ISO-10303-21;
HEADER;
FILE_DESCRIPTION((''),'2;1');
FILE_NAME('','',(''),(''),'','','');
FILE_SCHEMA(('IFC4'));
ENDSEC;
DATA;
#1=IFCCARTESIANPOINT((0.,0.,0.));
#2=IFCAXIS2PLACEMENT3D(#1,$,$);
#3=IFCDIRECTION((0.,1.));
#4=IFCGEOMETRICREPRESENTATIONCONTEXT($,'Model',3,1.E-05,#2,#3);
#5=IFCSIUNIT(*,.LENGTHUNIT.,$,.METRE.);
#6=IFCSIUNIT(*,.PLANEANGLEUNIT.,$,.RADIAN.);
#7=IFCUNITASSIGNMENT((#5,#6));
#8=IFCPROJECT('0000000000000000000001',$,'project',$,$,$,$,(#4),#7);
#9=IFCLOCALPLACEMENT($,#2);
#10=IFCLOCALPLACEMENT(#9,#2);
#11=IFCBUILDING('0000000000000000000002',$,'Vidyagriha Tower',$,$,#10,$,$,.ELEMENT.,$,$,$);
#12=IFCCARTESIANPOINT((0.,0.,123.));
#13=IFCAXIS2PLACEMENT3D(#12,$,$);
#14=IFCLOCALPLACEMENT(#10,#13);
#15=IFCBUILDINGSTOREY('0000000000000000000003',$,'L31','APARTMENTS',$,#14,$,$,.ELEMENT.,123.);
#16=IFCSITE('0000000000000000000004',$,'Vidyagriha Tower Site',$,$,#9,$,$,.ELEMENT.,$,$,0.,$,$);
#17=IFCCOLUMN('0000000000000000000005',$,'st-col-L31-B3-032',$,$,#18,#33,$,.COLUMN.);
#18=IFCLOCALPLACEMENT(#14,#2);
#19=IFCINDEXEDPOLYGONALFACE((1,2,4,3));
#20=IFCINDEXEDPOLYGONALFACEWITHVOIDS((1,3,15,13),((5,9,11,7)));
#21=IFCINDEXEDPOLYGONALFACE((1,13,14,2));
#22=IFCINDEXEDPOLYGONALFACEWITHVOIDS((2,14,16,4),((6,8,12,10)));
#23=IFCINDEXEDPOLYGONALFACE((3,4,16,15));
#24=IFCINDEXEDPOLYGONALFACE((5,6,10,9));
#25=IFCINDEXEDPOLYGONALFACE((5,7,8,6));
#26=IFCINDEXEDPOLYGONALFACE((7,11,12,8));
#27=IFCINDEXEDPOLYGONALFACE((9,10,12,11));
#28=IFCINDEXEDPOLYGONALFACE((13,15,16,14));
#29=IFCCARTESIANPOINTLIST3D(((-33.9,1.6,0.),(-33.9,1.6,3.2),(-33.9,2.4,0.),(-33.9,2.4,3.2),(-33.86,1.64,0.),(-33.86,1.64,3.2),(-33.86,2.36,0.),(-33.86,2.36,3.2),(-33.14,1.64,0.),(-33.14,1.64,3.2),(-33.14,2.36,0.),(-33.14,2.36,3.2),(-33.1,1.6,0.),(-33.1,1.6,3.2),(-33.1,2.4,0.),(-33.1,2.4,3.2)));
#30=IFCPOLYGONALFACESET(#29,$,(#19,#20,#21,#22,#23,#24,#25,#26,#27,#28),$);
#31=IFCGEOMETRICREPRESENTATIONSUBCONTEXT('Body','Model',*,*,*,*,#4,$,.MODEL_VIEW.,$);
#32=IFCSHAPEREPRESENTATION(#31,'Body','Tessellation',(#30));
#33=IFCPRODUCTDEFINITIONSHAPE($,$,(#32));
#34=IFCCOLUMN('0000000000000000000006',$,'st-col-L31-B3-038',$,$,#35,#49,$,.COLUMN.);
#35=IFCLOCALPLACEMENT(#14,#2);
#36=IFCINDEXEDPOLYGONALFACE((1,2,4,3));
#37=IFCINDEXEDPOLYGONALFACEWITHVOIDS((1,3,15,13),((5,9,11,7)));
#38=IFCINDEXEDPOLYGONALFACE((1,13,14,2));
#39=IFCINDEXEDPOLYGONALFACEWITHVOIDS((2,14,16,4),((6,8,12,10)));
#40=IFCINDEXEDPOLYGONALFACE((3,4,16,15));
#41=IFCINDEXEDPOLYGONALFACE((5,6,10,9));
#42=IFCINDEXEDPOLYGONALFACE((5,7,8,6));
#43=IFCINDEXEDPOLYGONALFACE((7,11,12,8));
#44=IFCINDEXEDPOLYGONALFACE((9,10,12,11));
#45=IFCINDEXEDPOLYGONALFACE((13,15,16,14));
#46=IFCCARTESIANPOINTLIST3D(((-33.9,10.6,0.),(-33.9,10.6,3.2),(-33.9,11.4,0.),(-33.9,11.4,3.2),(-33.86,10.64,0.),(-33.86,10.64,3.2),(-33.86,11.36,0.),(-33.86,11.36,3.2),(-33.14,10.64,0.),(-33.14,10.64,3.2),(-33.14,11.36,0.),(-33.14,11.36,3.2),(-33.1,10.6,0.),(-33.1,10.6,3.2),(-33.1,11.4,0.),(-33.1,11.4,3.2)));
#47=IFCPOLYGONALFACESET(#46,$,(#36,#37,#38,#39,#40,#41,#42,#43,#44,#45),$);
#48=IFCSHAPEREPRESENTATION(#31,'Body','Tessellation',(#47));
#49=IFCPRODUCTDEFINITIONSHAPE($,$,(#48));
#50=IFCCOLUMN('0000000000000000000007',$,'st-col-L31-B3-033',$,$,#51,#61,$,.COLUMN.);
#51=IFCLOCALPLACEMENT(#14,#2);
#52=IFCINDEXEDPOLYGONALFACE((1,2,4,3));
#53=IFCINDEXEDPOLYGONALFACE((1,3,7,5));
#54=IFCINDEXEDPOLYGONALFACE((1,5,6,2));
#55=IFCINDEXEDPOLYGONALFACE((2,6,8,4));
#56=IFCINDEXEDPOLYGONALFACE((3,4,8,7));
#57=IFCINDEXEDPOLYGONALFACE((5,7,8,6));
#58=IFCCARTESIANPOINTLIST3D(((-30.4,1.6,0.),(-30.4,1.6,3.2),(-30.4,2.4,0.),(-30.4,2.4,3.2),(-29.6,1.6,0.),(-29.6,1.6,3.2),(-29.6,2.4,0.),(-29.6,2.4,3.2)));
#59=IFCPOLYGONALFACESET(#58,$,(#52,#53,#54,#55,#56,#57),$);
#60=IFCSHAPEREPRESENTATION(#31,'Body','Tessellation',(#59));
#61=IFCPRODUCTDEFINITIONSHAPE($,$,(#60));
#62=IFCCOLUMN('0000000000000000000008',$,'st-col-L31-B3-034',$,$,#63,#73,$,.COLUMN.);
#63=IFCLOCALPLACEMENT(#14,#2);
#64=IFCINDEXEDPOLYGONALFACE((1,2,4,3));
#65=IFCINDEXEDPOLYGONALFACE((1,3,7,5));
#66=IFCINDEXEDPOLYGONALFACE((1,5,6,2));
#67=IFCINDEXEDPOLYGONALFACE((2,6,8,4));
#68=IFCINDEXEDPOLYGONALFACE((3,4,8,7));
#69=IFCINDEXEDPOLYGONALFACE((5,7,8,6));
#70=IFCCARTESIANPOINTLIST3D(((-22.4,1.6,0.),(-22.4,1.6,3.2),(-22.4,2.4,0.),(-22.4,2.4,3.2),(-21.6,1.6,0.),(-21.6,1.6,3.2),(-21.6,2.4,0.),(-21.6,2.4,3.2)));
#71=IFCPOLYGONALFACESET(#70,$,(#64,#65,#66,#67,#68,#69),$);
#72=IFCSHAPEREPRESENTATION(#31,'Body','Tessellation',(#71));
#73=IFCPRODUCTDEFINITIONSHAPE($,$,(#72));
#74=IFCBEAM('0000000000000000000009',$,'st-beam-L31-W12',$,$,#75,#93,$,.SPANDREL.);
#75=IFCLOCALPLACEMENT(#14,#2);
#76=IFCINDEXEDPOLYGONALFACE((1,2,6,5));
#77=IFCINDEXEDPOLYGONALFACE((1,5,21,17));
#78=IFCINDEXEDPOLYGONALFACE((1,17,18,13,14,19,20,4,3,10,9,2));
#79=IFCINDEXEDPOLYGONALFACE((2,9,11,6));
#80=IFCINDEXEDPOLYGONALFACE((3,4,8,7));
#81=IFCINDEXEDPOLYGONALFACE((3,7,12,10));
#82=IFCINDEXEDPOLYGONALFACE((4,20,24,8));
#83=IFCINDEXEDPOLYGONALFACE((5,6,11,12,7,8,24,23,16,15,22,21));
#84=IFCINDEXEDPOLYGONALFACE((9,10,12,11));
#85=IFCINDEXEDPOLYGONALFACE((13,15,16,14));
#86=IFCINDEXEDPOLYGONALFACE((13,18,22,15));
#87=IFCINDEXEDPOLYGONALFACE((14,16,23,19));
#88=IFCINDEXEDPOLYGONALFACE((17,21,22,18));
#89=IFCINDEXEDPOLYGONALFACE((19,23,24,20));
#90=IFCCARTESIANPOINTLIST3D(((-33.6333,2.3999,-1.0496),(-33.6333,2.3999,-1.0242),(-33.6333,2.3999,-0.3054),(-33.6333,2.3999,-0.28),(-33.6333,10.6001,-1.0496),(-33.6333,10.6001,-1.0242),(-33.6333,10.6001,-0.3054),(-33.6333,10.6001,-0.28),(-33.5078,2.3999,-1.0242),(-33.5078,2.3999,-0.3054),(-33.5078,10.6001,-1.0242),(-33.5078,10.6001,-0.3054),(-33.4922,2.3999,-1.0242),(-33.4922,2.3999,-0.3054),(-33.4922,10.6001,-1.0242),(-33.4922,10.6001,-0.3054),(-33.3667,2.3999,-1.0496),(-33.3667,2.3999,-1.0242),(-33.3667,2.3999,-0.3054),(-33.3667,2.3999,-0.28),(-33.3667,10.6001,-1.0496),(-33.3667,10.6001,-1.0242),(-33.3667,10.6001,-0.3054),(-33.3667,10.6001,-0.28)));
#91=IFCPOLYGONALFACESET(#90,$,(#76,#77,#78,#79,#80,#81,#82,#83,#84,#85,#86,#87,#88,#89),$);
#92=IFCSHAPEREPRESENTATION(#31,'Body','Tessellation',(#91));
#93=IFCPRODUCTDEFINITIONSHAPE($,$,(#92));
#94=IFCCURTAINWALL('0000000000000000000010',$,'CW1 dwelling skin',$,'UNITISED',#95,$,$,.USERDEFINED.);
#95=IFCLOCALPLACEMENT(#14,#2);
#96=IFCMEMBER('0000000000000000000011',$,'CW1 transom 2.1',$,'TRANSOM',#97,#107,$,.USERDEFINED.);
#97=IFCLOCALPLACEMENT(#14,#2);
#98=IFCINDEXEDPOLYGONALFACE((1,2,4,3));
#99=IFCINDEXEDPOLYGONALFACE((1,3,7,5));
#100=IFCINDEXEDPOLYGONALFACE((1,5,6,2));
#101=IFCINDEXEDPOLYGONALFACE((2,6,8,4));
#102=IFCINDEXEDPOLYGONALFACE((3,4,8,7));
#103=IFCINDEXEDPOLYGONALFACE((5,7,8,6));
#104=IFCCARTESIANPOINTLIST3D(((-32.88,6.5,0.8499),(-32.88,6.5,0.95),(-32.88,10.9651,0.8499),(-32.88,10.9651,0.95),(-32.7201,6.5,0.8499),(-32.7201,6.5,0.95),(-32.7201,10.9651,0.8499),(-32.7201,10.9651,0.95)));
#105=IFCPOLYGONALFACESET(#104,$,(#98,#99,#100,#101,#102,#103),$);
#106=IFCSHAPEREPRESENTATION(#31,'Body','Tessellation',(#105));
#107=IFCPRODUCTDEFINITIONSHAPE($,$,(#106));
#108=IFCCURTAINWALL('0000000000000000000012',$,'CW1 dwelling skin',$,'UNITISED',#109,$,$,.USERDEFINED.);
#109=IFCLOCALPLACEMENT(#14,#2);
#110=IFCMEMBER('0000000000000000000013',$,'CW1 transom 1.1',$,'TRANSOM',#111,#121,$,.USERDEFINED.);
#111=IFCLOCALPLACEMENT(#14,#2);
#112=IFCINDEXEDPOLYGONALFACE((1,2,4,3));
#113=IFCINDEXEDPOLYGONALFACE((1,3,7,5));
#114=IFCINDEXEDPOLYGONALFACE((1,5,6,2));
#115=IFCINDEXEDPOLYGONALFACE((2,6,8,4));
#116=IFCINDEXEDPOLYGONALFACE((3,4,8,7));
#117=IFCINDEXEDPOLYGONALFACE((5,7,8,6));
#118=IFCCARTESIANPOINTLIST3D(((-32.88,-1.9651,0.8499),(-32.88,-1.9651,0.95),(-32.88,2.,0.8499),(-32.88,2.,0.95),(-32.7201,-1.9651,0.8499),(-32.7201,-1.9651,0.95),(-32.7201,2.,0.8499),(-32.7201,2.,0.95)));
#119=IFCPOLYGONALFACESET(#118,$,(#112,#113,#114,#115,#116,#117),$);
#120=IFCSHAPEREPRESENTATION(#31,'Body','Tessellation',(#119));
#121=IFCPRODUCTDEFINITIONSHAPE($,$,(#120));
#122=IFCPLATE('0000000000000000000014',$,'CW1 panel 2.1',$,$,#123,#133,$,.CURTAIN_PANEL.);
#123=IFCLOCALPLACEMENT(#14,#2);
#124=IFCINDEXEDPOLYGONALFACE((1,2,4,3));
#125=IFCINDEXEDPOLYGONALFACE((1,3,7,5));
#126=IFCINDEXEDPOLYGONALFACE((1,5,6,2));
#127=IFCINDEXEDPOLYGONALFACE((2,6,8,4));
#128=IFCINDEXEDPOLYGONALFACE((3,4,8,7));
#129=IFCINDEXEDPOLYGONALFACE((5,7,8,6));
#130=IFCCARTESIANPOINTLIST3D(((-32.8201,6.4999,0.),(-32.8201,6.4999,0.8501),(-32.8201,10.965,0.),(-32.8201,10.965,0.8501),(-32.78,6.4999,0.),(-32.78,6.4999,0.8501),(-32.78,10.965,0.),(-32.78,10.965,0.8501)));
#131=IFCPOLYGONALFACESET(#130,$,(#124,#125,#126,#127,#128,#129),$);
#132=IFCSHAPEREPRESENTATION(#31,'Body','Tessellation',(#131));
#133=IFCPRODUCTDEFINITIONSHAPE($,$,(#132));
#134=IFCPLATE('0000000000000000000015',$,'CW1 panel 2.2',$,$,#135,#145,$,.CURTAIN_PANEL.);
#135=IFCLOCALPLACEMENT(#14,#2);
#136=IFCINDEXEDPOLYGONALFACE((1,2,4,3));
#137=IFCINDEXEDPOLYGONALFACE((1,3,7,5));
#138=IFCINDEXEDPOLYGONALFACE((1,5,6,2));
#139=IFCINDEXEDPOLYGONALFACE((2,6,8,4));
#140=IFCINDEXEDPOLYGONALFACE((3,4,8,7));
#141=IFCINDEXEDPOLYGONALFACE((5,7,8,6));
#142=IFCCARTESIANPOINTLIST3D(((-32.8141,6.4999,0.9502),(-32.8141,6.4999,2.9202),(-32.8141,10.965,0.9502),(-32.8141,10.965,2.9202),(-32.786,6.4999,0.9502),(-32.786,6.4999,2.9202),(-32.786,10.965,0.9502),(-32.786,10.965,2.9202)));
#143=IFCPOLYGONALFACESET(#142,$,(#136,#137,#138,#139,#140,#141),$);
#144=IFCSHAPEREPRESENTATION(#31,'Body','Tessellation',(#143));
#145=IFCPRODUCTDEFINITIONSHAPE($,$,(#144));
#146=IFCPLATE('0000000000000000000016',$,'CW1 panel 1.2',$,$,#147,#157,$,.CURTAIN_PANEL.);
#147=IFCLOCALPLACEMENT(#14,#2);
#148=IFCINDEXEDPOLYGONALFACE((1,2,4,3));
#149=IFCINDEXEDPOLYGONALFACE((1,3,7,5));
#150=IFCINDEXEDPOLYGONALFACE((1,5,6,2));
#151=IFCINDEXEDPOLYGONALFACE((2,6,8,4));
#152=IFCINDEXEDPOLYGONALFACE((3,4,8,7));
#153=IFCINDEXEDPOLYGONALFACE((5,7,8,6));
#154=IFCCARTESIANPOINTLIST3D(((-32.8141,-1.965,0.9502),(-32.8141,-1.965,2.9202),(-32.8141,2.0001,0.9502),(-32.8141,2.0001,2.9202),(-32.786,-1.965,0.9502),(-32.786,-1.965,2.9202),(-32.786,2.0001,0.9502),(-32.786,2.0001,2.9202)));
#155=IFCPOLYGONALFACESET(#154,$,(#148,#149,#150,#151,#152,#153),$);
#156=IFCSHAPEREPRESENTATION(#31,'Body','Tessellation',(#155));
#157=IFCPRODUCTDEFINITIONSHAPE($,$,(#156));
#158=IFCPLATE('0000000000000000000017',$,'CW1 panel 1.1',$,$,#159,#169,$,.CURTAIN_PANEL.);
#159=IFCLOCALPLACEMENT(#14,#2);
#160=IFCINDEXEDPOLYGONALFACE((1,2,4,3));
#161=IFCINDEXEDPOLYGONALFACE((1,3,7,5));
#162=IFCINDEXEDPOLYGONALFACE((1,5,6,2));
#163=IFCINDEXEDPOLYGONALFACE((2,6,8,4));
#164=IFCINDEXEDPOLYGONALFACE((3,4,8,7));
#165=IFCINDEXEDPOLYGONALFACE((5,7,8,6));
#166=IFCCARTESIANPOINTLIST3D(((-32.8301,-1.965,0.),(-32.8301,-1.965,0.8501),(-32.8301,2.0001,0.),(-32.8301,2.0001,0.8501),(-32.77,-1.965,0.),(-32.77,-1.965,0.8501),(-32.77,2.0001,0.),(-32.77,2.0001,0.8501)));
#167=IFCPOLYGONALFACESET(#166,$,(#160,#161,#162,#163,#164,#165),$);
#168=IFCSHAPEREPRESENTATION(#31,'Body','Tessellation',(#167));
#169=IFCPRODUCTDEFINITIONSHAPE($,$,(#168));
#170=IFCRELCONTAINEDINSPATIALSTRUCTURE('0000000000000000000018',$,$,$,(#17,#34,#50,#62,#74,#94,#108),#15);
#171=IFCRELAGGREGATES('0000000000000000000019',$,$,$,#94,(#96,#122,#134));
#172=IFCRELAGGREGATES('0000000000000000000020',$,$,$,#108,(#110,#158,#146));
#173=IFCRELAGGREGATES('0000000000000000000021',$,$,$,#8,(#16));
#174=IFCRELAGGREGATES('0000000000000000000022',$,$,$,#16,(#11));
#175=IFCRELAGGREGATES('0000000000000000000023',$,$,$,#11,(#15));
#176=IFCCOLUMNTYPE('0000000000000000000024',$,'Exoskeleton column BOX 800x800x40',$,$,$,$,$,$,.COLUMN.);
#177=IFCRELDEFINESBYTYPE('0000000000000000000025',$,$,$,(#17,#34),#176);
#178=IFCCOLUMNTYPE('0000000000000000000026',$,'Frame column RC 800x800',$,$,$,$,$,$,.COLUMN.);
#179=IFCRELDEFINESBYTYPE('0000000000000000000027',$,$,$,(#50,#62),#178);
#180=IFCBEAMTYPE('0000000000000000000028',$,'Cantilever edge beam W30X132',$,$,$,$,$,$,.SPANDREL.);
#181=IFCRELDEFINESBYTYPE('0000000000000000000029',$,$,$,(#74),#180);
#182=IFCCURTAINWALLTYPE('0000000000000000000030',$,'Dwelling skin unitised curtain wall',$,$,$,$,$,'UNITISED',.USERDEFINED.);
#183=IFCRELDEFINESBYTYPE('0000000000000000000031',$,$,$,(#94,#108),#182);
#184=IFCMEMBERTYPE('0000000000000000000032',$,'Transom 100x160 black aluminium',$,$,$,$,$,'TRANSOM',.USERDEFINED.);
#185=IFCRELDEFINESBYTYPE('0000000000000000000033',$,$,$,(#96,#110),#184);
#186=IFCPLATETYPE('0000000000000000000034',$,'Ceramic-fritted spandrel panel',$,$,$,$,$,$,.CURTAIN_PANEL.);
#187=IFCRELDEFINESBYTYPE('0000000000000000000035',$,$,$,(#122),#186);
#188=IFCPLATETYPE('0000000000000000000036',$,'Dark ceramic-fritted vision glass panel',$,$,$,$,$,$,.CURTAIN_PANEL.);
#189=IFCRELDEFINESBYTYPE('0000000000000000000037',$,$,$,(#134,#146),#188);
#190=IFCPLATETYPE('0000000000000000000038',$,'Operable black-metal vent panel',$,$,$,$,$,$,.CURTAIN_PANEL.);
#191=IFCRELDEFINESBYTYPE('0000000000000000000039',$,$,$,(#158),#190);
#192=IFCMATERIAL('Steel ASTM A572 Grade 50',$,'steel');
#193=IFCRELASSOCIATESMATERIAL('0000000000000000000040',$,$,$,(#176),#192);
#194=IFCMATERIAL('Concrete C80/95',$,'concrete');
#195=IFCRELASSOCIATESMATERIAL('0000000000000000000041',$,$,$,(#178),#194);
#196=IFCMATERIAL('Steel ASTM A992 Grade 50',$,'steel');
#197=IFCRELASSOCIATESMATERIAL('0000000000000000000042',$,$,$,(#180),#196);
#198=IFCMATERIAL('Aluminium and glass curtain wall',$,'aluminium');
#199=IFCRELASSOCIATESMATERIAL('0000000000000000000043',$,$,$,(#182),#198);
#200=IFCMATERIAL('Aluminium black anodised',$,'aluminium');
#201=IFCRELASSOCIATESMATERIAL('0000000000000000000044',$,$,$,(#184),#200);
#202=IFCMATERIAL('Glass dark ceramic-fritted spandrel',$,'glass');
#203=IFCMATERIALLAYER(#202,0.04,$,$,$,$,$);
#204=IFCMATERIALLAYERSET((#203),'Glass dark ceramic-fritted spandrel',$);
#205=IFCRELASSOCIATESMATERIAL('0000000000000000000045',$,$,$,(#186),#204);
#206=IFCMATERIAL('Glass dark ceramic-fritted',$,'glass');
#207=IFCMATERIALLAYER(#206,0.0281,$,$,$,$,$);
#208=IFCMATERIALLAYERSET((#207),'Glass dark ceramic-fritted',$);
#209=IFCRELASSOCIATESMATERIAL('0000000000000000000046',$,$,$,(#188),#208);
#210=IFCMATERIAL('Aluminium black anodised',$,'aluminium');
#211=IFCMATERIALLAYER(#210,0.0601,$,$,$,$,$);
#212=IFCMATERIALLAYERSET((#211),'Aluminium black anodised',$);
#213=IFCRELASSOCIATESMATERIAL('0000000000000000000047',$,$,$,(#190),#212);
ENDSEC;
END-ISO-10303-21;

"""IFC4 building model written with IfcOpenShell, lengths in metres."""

from ifc_helpers import new_model, si_unit, direction, frame, origin, origin_2d, place, context, subcontext, project, spatial, rectangle, hollow_rectangle, i_section, extrude, material, layer, layer_set, material_profile, profile_set, type_object, element, aggregate, save


model = new_model("IFC4")

# Units and contexts
model_context = context("Model", 3, precision=1e-05, world=origin(), true_north=direction((0.0, 1.0)))
body_context = subcontext(model_context, "Body", "Model", "MODEL_VIEW")
ifc_project = project(units=[si_unit("LENGTHUNIT", "METRE"), si_unit("PLANEANGLEUNIT", "RADIAN")], contexts=[model_context])

# Site, building, storey
site_placement = place(None, origin())
site = spatial("IfcSite", under=ifc_project, at=site_placement, Name="Vidyagriha Tower Site", CompositionType="ELEMENT", RefElevation=0.0)
building_placement = place(site_placement, origin())
building = spatial("IfcBuilding", under=site, at=building_placement, Name="Vidyagriha Tower", CompositionType="ELEMENT")
storey_placement = place(building_placement, frame((0.0, 0.0, 123.0)))
storey = spatial("IfcBuildingStorey", under=building, at=storey_placement, Name="L31", Description="APARTMENTS", CompositionType="ELEMENT", Elevation=123.0)

# Columns
ifc_material_1 = material(Name="Steel ASTM A572 Grade 50", Category="steel")
ifc_material_profile_1 = material_profile(ifc_material_1, hollow_rectangle(XDim=0.8, YDim=0.8, WallThickness=0.04, at=origin_2d()), Name="BOX 800x800x40")
ifc_profile_set_1 = profile_set([ifc_material_profile_1], Name="Steel ASTM A572 Grade 50")
column_type_1 = type_object("IfcColumnType", Name="Exoskeleton column BOX 800x800x40", PredefinedType="COLUMN", material=ifc_profile_set_1)
for number, where, name in (
    (1, (-33.5, 2.0, 0.0), "st-col-L31-B3-032"),
    (2, (-33.5, 11.0, 0.0), "st-col-L31-B3-038"),
):
    element("IfcColumn", number, at=place(storey_placement, frame(where)), inside=storey, type_object=column_type_1, Name=name, PredefinedType="COLUMN", context=body_context, shape_type="SweptSolid", body=[
        extrude(hollow_rectangle(XDim=0.8, YDim=0.8, WallThickness=0.04, at=origin_2d()), origin(), (0.0, 0.0, 1.0), 3.2),
    ])
ifc_material_2 = material(Name="Concrete C80/95", Category="concrete")
ifc_material_profile_2 = material_profile(ifc_material_2, rectangle(XDim=0.8, YDim=0.8, at=origin_2d()), Name="RC 800x800")
ifc_profile_set_2 = profile_set([ifc_material_profile_2], Name="Concrete C80/95")
column_type_2 = type_object("IfcColumnType", Name="Frame column RC 800x800", PredefinedType="COLUMN", material=ifc_profile_set_2)
for number, where, name in (
    (3, (-30.0, 2.0, 0.0), "st-col-L31-B3-033"),
    (4, (-22.0, 2.0, 0.0), "st-col-L31-B3-034"),
):
    element("IfcColumn", number, at=place(storey_placement, frame(where)), inside=storey, type_object=column_type_2, Name=name, PredefinedType="COLUMN", context=body_context, shape_type="SweptSolid", body=[
        extrude(rectangle(XDim=0.8, YDim=0.8, at=origin_2d()), origin(), (0.0, 0.0, 1.0), 3.2),
    ])

# Beam
ifc_material_3 = material(Name="Steel ASTM A992 Grade 50", Category="steel")
ifc_material_profile_3 = material_profile(ifc_material_3, i_section(OverallWidth=0.2666, OverallDepth=0.7695, WebThickness=0.0156, FlangeThickness=0.0254, at=origin_2d()), Name="W30X132")
ifc_profile_set_3 = profile_set([ifc_material_profile_3], Name="Steel ASTM A992 Grade 50")
beam_type = type_object("IfcBeamType", Name="Cantilever edge beam W30X132", PredefinedType="SPANDREL", material=ifc_profile_set_3)
beam_placement = place(storey_placement, frame((-33.5, 2.3999, -0.6648), z_axis=(0.0, 1.0, 0.0), x_axis=(-1.0, 0.0, 0.0)))
element("IfcBeam", 5, at=beam_placement, inside=storey, type_object=beam_type, Name="st-beam-L31-W12", PredefinedType="SPANDREL", context=body_context, shape_type="SweptSolid", body=[
    extrude(i_section(OverallWidth=0.2666, OverallDepth=0.7695, WebThickness=0.0156, FlangeThickness=0.0254, at=origin_2d()), origin(), (0.0, 0.0, 1.0), 8.2002),
])

# Curtain walls, members
ifc_material_4 = material(Name="Aluminium and glass curtain wall", Category="aluminium")
curtain_wall_type = type_object("IfcCurtainWallType", Name="Dwelling skin unitised curtain wall", ElementType="UNITISED", PredefinedType="USERDEFINED", material=ifc_material_4)
curtain_wall_1_placement = place(storey_placement, origin())
curtain_wall_1 = element("IfcCurtainWall", 6, at=curtain_wall_1_placement, inside=storey, type_object=curtain_wall_type, Name="CW1 dwelling skin", ObjectType="UNITISED", PredefinedType="USERDEFINED")
ifc_material_5 = material(Name="Aluminium black anodised", Category="aluminium")
ifc_material_profile_4 = material_profile(ifc_material_5, rectangle(XDim=0.1599, YDim=0.1001, at=origin_2d()), Name="Transom 100x160 black aluminium")
ifc_profile_set_4 = profile_set([ifc_material_profile_4], Name="Aluminium black anodised")
member_type = type_object("IfcMemberType", Name="Transom 100x160 black aluminium", ElementType="TRANSOM", PredefinedType="USERDEFINED", material=ifc_profile_set_4)
member_1_placement = place(storey_placement, frame((-32.8, 10.9651, 0.8999), z_axis=(0.0, -1.0, 0.0), x_axis=(1.0, 0.0, 0.0)))
member_1 = element("IfcMember", 7, at=member_1_placement, type_object=member_type, Name="CW1 transom 2.1", ObjectType="TRANSOM", PredefinedType="USERDEFINED", context=body_context, shape_type="SweptSolid", body=[
    extrude(rectangle(XDim=0.1599, YDim=0.1001, at=origin_2d()), origin(), (0.0, 0.0, 1.0), 4.4651),
])
curtain_wall_2_placement = place(storey_placement, origin())
curtain_wall_2 = element("IfcCurtainWall", 8, at=curtain_wall_2_placement, inside=storey, type_object=curtain_wall_type, Name="CW1 dwelling skin", ObjectType="UNITISED", PredefinedType="USERDEFINED")
member_2_placement = place(storey_placement, frame((-32.8, 2.0, 0.8999), z_axis=(0.0, -1.0, 0.0), x_axis=(1.0, 0.0, 0.0)))
member_2 = element("IfcMember", 9, at=member_2_placement, type_object=member_type, Name="CW1 transom 1.1", ObjectType="TRANSOM", PredefinedType="USERDEFINED", context=body_context, shape_type="SweptSolid", body=[
    extrude(rectangle(XDim=0.1599, YDim=0.1001, at=origin_2d()), origin(), (0.0, 0.0, 1.0), 3.9651),
])

# Plates
ifc_material_6 = material(Name="Glass dark ceramic-fritted spandrel", Category="glass")
ifc_layer_1 = layer(ifc_material_6, 0.04)
ifc_layer_set_1 = layer_set([ifc_layer_1], Name="Glass dark ceramic-fritted spandrel")
plate_type_1 = type_object("IfcPlateType", Name="Ceramic-fritted spandrel panel", PredefinedType="CURTAIN_PANEL", material=ifc_layer_set_1)
plate_1_placement = place(storey_placement, frame((-32.8, 8.7324, 0.0), z_axis=(0.0, 0.0, 1.0), x_axis=(0.0, -1.0, 0.0)))
plate_1 = element("IfcPlate", 10, at=plate_1_placement, type_object=plate_type_1, Name="CW1 panel 2.1", PredefinedType="CURTAIN_PANEL", context=body_context, shape_type="SweptSolid", body=[
    extrude(rectangle(XDim=4.4651, YDim=0.04, at=origin_2d()), origin(), (0.0, 0.0, 1.0), 0.8501),
])
ifc_material_7 = material(Name="Glass dark ceramic-fritted", Category="glass")
ifc_layer_2 = layer(ifc_material_7, 0.0281)
ifc_layer_set_2 = layer_set([ifc_layer_2], Name="Glass dark ceramic-fritted")
plate_type_2 = type_object("IfcPlateType", Name="Dark ceramic-fritted vision glass panel", PredefinedType="CURTAIN_PANEL", material=ifc_layer_set_2)
plate_2_placement = place(storey_placement, frame((-32.8, 8.7324, 0.9502), z_axis=(0.0, 0.0, 1.0), x_axis=(0.0, -1.0, 0.0)))
plate_2 = element("IfcPlate", 11, at=plate_2_placement, type_object=plate_type_2, Name="CW1 panel 2.2", PredefinedType="CURTAIN_PANEL", context=body_context, shape_type="SweptSolid", body=[
    extrude(rectangle(XDim=4.4651, YDim=0.0281, at=origin_2d()), origin(), (0.0, 0.0, 1.0), 1.97),
])
aggregate(curtain_wall_1, [member_1, plate_1, plate_2])
plate_3_placement = place(storey_placement, frame((-32.8, 0.0176, 0.9502), z_axis=(0.0, 0.0, 1.0), x_axis=(0.0, -1.0, 0.0)))
plate_3 = element("IfcPlate", 12, at=plate_3_placement, type_object=plate_type_2, Name="CW1 panel 1.2", PredefinedType="CURTAIN_PANEL", context=body_context, shape_type="SweptSolid", body=[
    extrude(rectangle(XDim=3.9651, YDim=0.0281, at=origin_2d()), origin(), (0.0, 0.0, 1.0), 1.97),
])
ifc_material_8 = material(Name="Aluminium black anodised", Category="aluminium")
ifc_layer_3 = layer(ifc_material_8, 0.0601)
ifc_layer_set_3 = layer_set([ifc_layer_3], Name="Aluminium black anodised")
plate_type_3 = type_object("IfcPlateType", Name="Operable black-metal vent panel", PredefinedType="CURTAIN_PANEL", material=ifc_layer_set_3)
plate_4_placement = place(storey_placement, frame((-32.8, 0.0176, 0.0), z_axis=(0.0, 0.0, 1.0), x_axis=(0.0, -1.0, 0.0)))
plate_4 = element("IfcPlate", 13, at=plate_4_placement, type_object=plate_type_3, Name="CW1 panel 1.1", PredefinedType="CURTAIN_PANEL", context=body_context, shape_type="SweptSolid", body=[
    extrude(rectangle(XDim=3.9651, YDim=0.0601, at=origin_2d()), origin(), (0.0, 0.0, 1.0), 0.8501),
])
aggregate(curtain_wall_2, [member_2, plate_4, plate_3])

save(model, "model.ifc")
